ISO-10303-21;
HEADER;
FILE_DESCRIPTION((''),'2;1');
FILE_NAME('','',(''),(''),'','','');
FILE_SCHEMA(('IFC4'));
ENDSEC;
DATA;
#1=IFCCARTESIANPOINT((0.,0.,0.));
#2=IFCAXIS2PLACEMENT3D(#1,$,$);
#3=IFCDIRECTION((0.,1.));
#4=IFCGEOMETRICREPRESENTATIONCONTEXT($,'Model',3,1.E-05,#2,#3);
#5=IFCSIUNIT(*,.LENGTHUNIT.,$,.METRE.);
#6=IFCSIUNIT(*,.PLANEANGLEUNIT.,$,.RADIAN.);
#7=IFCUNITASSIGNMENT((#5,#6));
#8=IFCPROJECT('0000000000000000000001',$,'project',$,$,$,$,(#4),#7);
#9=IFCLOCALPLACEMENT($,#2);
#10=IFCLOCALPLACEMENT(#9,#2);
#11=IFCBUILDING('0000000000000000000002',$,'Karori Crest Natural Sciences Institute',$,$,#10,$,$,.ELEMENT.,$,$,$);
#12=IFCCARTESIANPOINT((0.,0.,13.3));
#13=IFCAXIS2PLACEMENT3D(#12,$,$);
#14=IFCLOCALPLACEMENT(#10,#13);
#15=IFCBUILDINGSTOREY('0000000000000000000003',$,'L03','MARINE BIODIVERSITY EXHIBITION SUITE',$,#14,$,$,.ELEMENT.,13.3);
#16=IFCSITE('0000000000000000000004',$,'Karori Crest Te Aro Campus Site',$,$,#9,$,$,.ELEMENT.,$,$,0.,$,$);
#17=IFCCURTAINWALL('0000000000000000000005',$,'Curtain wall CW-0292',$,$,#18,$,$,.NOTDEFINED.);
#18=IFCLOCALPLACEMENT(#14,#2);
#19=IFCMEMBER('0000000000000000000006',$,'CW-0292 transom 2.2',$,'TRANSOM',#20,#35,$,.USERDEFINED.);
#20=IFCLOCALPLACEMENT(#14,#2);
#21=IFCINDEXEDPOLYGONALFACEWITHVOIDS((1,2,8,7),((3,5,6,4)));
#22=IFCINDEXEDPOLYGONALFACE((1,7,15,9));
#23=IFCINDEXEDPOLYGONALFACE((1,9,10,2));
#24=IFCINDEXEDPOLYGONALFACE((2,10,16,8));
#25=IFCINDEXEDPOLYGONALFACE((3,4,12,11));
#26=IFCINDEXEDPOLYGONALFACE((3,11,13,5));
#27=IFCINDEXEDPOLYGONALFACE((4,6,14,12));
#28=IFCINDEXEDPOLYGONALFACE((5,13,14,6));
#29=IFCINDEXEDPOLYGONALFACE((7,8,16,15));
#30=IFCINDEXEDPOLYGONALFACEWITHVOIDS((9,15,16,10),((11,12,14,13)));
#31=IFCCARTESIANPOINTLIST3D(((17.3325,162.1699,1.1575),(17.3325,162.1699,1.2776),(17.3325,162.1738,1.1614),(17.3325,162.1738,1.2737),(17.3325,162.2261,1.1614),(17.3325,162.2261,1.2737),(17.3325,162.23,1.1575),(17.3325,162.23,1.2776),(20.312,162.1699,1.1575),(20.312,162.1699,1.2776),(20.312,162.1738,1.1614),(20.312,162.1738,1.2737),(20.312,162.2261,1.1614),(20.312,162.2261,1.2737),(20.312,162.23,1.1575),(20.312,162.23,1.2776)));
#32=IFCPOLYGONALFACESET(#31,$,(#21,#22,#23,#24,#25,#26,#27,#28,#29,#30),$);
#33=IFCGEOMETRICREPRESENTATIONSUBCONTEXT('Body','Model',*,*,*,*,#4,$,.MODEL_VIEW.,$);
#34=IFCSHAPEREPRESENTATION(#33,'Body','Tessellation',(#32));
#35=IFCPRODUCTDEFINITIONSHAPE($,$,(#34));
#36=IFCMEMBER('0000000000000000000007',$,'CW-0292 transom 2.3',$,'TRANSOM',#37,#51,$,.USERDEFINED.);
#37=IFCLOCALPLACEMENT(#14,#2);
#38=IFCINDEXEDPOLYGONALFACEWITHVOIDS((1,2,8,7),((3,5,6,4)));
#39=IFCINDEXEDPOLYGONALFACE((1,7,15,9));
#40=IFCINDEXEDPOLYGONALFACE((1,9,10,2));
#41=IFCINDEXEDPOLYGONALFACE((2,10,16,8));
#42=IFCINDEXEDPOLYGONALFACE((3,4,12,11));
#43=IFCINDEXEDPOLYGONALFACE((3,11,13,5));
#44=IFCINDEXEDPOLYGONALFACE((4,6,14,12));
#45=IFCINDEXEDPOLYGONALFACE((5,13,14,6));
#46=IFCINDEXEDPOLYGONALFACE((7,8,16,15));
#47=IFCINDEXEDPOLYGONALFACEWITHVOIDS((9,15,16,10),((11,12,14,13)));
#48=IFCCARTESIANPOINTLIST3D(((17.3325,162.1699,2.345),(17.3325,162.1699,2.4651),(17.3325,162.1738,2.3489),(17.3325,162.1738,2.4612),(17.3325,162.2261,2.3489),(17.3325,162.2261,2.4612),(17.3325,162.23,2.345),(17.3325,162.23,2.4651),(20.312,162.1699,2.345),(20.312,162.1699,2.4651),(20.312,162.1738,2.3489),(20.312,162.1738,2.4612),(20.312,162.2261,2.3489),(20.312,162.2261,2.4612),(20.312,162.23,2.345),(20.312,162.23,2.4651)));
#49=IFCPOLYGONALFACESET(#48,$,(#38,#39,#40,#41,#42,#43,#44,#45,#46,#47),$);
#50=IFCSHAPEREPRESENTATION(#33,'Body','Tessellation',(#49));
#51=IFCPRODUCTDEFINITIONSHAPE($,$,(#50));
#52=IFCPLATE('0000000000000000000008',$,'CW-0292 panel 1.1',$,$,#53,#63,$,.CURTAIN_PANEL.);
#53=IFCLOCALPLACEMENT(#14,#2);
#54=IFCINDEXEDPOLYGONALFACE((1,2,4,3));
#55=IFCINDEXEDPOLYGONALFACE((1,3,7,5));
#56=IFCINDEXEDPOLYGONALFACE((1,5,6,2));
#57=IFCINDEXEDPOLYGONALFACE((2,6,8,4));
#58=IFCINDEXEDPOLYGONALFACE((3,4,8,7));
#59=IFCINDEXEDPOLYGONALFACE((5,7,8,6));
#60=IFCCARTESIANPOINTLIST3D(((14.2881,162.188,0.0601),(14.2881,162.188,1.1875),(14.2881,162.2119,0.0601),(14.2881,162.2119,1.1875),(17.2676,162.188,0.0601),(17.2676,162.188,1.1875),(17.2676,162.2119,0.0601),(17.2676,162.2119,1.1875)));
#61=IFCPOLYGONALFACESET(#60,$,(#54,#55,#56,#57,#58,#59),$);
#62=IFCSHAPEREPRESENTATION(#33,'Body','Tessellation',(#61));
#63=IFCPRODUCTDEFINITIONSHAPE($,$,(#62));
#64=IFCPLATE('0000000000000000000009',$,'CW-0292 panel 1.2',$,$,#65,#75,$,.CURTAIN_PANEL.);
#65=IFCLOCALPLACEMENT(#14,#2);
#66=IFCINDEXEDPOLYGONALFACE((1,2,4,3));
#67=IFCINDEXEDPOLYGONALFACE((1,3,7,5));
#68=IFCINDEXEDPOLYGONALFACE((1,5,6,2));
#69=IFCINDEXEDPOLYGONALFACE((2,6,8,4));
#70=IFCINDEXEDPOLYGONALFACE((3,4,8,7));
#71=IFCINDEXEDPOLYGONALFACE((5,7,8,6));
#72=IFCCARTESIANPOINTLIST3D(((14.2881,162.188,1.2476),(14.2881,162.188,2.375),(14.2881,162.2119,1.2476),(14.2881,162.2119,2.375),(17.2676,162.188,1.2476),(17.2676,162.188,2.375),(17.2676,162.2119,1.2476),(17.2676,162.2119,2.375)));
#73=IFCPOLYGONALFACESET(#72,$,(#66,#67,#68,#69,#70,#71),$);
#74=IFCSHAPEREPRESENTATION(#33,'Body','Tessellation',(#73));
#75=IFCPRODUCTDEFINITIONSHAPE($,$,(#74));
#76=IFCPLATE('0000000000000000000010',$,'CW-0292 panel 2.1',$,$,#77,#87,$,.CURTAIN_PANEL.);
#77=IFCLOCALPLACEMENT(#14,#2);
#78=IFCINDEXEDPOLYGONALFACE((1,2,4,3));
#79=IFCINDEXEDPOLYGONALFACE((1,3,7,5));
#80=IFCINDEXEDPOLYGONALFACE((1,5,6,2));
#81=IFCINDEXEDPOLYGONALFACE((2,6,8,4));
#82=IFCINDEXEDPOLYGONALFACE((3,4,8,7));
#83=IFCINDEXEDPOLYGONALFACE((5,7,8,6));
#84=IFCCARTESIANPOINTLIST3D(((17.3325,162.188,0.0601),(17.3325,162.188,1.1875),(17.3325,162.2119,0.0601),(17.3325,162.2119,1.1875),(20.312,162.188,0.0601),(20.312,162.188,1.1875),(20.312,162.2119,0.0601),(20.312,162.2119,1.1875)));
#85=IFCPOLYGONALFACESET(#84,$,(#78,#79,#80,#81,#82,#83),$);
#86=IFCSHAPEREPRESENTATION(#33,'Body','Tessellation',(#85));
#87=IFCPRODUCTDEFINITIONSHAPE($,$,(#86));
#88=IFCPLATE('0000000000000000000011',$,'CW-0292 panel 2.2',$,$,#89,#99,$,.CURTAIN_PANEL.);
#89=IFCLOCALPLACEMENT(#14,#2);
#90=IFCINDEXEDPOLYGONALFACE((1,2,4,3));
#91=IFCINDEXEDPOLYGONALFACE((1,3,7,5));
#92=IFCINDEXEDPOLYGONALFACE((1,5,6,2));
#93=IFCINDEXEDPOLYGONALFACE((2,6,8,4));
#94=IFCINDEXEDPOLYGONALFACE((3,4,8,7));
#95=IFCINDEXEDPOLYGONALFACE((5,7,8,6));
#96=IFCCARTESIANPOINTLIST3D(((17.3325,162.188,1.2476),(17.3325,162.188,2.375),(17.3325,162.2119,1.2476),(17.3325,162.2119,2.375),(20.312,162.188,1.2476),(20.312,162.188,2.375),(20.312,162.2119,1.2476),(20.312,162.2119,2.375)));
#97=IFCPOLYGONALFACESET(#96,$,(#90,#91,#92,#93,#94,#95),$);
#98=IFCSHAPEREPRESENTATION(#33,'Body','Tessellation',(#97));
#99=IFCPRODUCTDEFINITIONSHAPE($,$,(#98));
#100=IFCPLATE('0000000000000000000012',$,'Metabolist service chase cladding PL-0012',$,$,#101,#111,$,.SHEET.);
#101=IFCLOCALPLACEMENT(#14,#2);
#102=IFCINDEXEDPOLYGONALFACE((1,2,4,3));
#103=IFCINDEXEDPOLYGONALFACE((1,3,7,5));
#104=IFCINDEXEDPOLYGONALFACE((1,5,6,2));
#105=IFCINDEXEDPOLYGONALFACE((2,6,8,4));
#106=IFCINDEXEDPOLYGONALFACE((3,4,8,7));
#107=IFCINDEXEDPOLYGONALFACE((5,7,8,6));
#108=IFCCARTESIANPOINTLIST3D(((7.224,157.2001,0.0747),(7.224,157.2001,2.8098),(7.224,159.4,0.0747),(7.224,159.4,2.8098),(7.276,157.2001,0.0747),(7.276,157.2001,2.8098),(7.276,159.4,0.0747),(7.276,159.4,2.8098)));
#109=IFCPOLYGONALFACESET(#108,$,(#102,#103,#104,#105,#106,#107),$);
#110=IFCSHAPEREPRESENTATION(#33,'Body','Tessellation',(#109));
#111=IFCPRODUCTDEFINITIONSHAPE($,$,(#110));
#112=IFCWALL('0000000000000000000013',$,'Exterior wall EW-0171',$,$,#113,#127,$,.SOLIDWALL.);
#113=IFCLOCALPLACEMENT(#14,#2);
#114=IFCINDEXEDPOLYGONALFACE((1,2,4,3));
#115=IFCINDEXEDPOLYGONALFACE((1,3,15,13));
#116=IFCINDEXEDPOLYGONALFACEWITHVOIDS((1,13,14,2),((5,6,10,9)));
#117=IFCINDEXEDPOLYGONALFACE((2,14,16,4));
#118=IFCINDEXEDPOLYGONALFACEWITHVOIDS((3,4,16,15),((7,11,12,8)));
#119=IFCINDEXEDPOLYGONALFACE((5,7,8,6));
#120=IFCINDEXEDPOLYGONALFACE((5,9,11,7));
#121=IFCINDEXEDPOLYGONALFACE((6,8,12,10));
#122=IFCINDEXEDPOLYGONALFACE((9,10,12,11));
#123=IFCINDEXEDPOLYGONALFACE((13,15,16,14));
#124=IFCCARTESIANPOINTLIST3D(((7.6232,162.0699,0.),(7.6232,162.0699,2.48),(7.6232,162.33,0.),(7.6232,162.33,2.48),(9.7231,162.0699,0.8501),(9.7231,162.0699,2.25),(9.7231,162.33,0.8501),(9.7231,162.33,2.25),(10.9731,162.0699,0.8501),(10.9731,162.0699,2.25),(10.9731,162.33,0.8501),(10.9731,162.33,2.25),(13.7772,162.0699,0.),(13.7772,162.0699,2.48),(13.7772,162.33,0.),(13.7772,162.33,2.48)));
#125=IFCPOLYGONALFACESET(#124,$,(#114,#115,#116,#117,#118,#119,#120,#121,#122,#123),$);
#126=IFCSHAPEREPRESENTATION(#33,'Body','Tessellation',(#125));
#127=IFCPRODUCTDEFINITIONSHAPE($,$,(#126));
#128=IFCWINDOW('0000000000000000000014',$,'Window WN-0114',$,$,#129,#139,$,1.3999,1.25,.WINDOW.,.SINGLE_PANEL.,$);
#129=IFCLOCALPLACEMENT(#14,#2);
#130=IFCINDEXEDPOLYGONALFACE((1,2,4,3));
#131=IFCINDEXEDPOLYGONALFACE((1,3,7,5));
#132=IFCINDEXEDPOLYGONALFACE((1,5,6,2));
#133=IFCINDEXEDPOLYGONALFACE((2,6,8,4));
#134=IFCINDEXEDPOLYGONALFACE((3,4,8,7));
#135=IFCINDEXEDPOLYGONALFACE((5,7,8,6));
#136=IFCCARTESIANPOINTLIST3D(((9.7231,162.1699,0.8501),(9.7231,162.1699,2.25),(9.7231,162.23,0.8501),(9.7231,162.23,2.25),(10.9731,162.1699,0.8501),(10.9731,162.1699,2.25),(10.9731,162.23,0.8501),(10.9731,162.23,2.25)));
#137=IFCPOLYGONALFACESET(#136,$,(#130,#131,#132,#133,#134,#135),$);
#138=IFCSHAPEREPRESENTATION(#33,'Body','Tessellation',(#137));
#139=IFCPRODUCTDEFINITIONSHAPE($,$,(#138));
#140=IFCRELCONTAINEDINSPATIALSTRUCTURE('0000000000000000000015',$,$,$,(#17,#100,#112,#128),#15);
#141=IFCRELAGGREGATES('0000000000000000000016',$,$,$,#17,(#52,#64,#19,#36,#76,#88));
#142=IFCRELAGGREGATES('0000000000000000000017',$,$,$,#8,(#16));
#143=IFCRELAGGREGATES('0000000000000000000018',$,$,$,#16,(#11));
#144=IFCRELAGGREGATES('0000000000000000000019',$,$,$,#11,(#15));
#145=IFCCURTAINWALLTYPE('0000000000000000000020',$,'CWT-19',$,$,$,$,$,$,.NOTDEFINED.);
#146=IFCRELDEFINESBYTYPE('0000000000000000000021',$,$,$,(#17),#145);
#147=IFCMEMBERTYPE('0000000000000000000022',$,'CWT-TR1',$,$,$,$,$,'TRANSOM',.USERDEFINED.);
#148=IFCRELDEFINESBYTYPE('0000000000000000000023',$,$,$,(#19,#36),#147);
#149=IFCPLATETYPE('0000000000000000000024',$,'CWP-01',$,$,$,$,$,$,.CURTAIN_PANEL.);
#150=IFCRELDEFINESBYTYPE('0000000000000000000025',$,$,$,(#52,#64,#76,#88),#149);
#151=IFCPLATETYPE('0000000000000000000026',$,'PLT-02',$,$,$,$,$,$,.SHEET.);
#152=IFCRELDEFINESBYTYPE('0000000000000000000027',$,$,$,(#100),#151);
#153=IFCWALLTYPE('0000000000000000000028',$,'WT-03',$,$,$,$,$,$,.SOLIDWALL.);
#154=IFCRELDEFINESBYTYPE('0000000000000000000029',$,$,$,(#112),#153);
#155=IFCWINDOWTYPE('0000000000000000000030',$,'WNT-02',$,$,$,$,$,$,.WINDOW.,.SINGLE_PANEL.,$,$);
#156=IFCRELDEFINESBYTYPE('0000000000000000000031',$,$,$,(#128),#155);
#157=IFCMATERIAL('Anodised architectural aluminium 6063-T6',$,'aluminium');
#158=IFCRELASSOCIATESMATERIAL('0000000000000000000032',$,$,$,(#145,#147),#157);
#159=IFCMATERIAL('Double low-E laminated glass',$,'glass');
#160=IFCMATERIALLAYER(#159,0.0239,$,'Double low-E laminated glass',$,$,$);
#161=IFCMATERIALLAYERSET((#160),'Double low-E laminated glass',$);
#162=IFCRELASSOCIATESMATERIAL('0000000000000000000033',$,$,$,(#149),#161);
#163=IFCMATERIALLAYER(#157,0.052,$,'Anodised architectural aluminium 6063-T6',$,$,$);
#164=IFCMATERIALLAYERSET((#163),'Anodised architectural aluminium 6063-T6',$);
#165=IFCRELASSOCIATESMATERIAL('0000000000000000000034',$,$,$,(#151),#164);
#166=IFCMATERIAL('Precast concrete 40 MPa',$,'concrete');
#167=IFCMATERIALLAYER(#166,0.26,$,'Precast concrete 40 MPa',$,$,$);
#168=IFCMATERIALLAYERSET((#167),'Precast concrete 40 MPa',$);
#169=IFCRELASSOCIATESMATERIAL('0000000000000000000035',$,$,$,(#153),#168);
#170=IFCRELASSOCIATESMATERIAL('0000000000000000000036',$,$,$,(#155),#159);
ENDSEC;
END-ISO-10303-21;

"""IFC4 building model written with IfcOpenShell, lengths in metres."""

from ifc_helpers import new_model, si_unit, direction, frame, frame_2d, origin, origin_2d, place, context, subcontext, project, spatial, rectangle, hollow_rectangle, extrude, material, layer, layer_set, material_profile, profile_set, type_object, element, fill, aggregate, save


model = new_model("IFC4")

# Units and contexts
model_context = context("Model", 3, precision=1e-05, world=origin(), true_north=direction((0.0, 1.0)))
body_context = subcontext(model_context, "Body", "Model", "MODEL_VIEW")
ifc_project = project(units=[si_unit("LENGTHUNIT", "METRE"), si_unit("PLANEANGLEUNIT", "RADIAN")], contexts=[model_context])

# Site, building, storey
site_placement = place(None, origin())
site = spatial("IfcSite", under=ifc_project, at=site_placement, Name="Karori Crest Te Aro Campus Site", CompositionType="ELEMENT", RefElevation=0.0)
building_placement = place(site_placement, origin())
building = spatial("IfcBuilding", under=site, at=building_placement, Name="Karori Crest Natural Sciences Institute", CompositionType="ELEMENT")
storey_placement = place(building_placement, frame((0.0, 0.0, 13.3)))
storey = spatial("IfcBuildingStorey", under=building, at=storey_placement, Name="L03", Description="MARINE BIODIVERSITY EXHIBITION SUITE", CompositionType="ELEMENT", Elevation=13.3)

# Curtain wall, members, plates
ifc_material_1 = material(Name="Anodised architectural aluminium 6063-T6", Category="aluminium")
curtain_wall_type = type_object("IfcCurtainWallType", Name="CWT-19", PredefinedType="NOTDEFINED", material=ifc_material_1)
curtain_wall_placement = place(storey_placement, origin())
curtain_wall = element("IfcCurtainWall", 1, at=curtain_wall_placement, inside=storey, type_object=curtain_wall_type, Name="Curtain wall CW-0292", PredefinedType="NOTDEFINED")
ifc_material_profile_1 = material_profile(ifc_material_1, hollow_rectangle(XDim=0.0601, YDim=0.1201, WallThickness=0.0039, at=origin_2d()), Name="CWT120x60x4")
ifc_profile_set_1 = profile_set([ifc_material_profile_1], Name="Anodised architectural aluminium 6063-T6")
member_type_1 = type_object("IfcMemberType", Name="CWT-TR1", ElementType="TRANSOM", PredefinedType="USERDEFINED", material=ifc_profile_set_1)
member_1_placement = place(storey_placement, frame((17.3325, 162.2, 1.2175), z_axis=(1.0, 0.0, 0.0), x_axis=(0.0, 1.0, 0.0)))
member_1 = element("IfcMember", 2, at=member_1_placement, type_object=member_type_1, Name="CW-0292 transom 2.2", ObjectType="TRANSOM", PredefinedType="USERDEFINED", context=body_context, shape_type="SweptSolid", body=[
    extrude(hollow_rectangle(XDim=0.0601, YDim=0.1201, WallThickness=0.0039, at=origin_2d()), origin(), (0.0, 0.0, 1.0), 2.9795),
])
member_2_placement = place(storey_placement, frame((17.3325, 162.2, 2.405), z_axis=(1.0, 0.0, 0.0), x_axis=(0.0, 1.0, 0.0)))
member_2 = element("IfcMember", 3, at=member_2_placement, type_object=member_type_1, Name="CW-0292 transom 2.3", ObjectType="TRANSOM", PredefinedType="USERDEFINED", context=body_context, shape_type="SweptSolid", body=[
    extrude(hollow_rectangle(XDim=0.0601, YDim=0.1201, WallThickness=0.0039, at=origin_2d()), origin(), (0.0, 0.0, 1.0), 2.9795),
])
ifc_material_2 = material(Name="Double low-E laminated glass", Category="glass")
ifc_layer_1 = layer(ifc_material_2, 0.0239, Name="Double low-E laminated glass")
ifc_layer_set_1 = layer_set([ifc_layer_1], Name="Double low-E laminated glass")
plate_type_1 = type_object("IfcPlateType", Name="CWP-01", PredefinedType="CURTAIN_PANEL", material=ifc_layer_set_1)
plate_1_placement = place(storey_placement, frame((15.7778, 162.2, 0.0601), z_axis=(0.0, 0.0, 1.0), x_axis=(1.0, 0.0, 0.0)))
plate_1 = element("IfcPlate", 4, at=plate_1_placement, type_object=plate_type_1, Name="CW-0292 panel 1.1", PredefinedType="CURTAIN_PANEL", context=body_context, shape_type="SweptSolid", body=[
    extrude(rectangle(XDim=2.9795, YDim=0.0239, at=origin_2d()), origin(), (0.0, 0.0, 1.0), 1.1274),
])
plate_2_placement = place(storey_placement, frame((15.7778, 162.2, 1.2476), z_axis=(0.0, 0.0, 1.0), x_axis=(1.0, 0.0, 0.0)))
plate_2 = element("IfcPlate", 5, at=plate_2_placement, type_object=plate_type_1, Name="CW-0292 panel 1.2", PredefinedType="CURTAIN_PANEL", context=body_context, shape_type="SweptSolid", body=[
    extrude(rectangle(XDim=2.9795, YDim=0.0239, at=origin_2d()), origin(), (0.0, 0.0, 1.0), 1.1274),
])
plate_3_placement = place(storey_placement, frame((18.8223, 162.2, 0.0601), z_axis=(0.0, 0.0, 1.0), x_axis=(1.0, 0.0, 0.0)))
plate_3 = element("IfcPlate", 6, at=plate_3_placement, type_object=plate_type_1, Name="CW-0292 panel 2.1", PredefinedType="CURTAIN_PANEL", context=body_context, shape_type="SweptSolid", body=[
    extrude(rectangle(XDim=2.9795, YDim=0.0239, at=origin_2d()), origin(), (0.0, 0.0, 1.0), 1.1274),
])
plate_4_placement = place(storey_placement, frame((18.8223, 162.2, 1.2476), z_axis=(0.0, 0.0, 1.0), x_axis=(1.0, 0.0, 0.0)))
plate_4 = element("IfcPlate", 7, at=plate_4_placement, type_object=plate_type_1, Name="CW-0292 panel 2.2", PredefinedType="CURTAIN_PANEL", context=body_context, shape_type="SweptSolid", body=[
    extrude(rectangle(XDim=2.9795, YDim=0.0239, at=origin_2d()), origin(), (0.0, 0.0, 1.0), 1.1274),
])
aggregate(curtain_wall, [plate_1, plate_2, member_1, member_2, plate_3, plate_4])

# Plate
ifc_layer_2 = layer(ifc_material_1, 0.052, Name="Anodised architectural aluminium 6063-T6")
ifc_layer_set_2 = layer_set([ifc_layer_2], Name="Anodised architectural aluminium 6063-T6")
plate_type_2 = type_object("IfcPlateType", Name="PLT-02", PredefinedType="SHEET", material=ifc_layer_set_2)
plate_5_placement = place(storey_placement, frame((7.25, 158.3, 0.0747), z_axis=(0.0, 0.0, 1.0), x_axis=(1.0, 0.0, 0.0)))
element("IfcPlate", 8, at=plate_5_placement, inside=storey, type_object=plate_type_2, Name="Metabolist service chase cladding PL-0012", PredefinedType="SHEET", context=body_context, shape_type="SweptSolid", body=[
    extrude(rectangle(XDim=0.052, YDim=2.2, at=origin_2d()), origin(), (0.0, 0.0, 1.0), 2.7351),
])

# Wall, opening, window
ifc_material_3 = material(Name="Precast concrete 40 MPa", Category="concrete")
ifc_layer_3 = layer(ifc_material_3, 0.26, Name="Precast concrete 40 MPa")
ifc_layer_set_3 = layer_set([ifc_layer_3], Name="Precast concrete 40 MPa")
wall_type = type_object("IfcWallType", Name="WT-03", PredefinedType="SOLIDWALL", material=ifc_layer_set_3)
wall_placement = place(storey_placement, frame((7.623, 162.2, 0.0), z_axis=(0.0, 0.0, 1.0), x_axis=(1.0, 0.0, 0.0)))
wall = element("IfcWall", 9, at=wall_placement, inside=storey, type_object=wall_type, Name="Exterior wall EW-0171", PredefinedType="SOLIDWALL", context=body_context, shape_type="SweptSolid", body=[
    extrude(rectangle(XDim=6.1541, YDim=0.26, at=frame_2d((3.0771, 0.0))), origin(), (0.0, 0.0, 1.0), 2.48),
])
opening_placement = place(wall_placement, frame((2.1001, 0.0, 0.8501)))
opening = element("IfcOpeningElement", 10, at=opening_placement, cuts=wall, PredefinedType="OPENING", context=body_context, shape_type="SweptSolid", body=[
    extrude(rectangle(XDim=1.25, YDim=1.3999, at=frame_2d((0.625, 0.7))), frame((0.0, 0.1401, 0.0), z_axis=(0.0, -1.0, 0.0), x_axis=(1.0, 0.0, 0.0)), (0.0, 0.0, 1.0), 0.28),
])
window_type = type_object("IfcWindowType", Name="WNT-02", PartitioningType="SINGLE_PANEL", PredefinedType="WINDOW", material=ifc_material_2)
window_placement = place(opening_placement, origin())
window = element("IfcWindow", 11, at=window_placement, inside=storey, type_object=window_type, Name="Window WN-0114", OverallHeight=1.3999, OverallWidth=1.25, PartitioningType="SINGLE_PANEL", PredefinedType="WINDOW", context=body_context, shape_type="SweptSolid", body=[
    extrude(rectangle(XDim=1.25, YDim=1.3999, at=frame_2d((0.625, 0.7))), frame((0.0, 0.03, 0.0), z_axis=(0.0, -1.0, 0.0), x_axis=(1.0, 0.0, 0.0)), (0.0, 0.0, 1.0), 0.0601),
])
fill(opening, window)

save(model, "model.ifc")
